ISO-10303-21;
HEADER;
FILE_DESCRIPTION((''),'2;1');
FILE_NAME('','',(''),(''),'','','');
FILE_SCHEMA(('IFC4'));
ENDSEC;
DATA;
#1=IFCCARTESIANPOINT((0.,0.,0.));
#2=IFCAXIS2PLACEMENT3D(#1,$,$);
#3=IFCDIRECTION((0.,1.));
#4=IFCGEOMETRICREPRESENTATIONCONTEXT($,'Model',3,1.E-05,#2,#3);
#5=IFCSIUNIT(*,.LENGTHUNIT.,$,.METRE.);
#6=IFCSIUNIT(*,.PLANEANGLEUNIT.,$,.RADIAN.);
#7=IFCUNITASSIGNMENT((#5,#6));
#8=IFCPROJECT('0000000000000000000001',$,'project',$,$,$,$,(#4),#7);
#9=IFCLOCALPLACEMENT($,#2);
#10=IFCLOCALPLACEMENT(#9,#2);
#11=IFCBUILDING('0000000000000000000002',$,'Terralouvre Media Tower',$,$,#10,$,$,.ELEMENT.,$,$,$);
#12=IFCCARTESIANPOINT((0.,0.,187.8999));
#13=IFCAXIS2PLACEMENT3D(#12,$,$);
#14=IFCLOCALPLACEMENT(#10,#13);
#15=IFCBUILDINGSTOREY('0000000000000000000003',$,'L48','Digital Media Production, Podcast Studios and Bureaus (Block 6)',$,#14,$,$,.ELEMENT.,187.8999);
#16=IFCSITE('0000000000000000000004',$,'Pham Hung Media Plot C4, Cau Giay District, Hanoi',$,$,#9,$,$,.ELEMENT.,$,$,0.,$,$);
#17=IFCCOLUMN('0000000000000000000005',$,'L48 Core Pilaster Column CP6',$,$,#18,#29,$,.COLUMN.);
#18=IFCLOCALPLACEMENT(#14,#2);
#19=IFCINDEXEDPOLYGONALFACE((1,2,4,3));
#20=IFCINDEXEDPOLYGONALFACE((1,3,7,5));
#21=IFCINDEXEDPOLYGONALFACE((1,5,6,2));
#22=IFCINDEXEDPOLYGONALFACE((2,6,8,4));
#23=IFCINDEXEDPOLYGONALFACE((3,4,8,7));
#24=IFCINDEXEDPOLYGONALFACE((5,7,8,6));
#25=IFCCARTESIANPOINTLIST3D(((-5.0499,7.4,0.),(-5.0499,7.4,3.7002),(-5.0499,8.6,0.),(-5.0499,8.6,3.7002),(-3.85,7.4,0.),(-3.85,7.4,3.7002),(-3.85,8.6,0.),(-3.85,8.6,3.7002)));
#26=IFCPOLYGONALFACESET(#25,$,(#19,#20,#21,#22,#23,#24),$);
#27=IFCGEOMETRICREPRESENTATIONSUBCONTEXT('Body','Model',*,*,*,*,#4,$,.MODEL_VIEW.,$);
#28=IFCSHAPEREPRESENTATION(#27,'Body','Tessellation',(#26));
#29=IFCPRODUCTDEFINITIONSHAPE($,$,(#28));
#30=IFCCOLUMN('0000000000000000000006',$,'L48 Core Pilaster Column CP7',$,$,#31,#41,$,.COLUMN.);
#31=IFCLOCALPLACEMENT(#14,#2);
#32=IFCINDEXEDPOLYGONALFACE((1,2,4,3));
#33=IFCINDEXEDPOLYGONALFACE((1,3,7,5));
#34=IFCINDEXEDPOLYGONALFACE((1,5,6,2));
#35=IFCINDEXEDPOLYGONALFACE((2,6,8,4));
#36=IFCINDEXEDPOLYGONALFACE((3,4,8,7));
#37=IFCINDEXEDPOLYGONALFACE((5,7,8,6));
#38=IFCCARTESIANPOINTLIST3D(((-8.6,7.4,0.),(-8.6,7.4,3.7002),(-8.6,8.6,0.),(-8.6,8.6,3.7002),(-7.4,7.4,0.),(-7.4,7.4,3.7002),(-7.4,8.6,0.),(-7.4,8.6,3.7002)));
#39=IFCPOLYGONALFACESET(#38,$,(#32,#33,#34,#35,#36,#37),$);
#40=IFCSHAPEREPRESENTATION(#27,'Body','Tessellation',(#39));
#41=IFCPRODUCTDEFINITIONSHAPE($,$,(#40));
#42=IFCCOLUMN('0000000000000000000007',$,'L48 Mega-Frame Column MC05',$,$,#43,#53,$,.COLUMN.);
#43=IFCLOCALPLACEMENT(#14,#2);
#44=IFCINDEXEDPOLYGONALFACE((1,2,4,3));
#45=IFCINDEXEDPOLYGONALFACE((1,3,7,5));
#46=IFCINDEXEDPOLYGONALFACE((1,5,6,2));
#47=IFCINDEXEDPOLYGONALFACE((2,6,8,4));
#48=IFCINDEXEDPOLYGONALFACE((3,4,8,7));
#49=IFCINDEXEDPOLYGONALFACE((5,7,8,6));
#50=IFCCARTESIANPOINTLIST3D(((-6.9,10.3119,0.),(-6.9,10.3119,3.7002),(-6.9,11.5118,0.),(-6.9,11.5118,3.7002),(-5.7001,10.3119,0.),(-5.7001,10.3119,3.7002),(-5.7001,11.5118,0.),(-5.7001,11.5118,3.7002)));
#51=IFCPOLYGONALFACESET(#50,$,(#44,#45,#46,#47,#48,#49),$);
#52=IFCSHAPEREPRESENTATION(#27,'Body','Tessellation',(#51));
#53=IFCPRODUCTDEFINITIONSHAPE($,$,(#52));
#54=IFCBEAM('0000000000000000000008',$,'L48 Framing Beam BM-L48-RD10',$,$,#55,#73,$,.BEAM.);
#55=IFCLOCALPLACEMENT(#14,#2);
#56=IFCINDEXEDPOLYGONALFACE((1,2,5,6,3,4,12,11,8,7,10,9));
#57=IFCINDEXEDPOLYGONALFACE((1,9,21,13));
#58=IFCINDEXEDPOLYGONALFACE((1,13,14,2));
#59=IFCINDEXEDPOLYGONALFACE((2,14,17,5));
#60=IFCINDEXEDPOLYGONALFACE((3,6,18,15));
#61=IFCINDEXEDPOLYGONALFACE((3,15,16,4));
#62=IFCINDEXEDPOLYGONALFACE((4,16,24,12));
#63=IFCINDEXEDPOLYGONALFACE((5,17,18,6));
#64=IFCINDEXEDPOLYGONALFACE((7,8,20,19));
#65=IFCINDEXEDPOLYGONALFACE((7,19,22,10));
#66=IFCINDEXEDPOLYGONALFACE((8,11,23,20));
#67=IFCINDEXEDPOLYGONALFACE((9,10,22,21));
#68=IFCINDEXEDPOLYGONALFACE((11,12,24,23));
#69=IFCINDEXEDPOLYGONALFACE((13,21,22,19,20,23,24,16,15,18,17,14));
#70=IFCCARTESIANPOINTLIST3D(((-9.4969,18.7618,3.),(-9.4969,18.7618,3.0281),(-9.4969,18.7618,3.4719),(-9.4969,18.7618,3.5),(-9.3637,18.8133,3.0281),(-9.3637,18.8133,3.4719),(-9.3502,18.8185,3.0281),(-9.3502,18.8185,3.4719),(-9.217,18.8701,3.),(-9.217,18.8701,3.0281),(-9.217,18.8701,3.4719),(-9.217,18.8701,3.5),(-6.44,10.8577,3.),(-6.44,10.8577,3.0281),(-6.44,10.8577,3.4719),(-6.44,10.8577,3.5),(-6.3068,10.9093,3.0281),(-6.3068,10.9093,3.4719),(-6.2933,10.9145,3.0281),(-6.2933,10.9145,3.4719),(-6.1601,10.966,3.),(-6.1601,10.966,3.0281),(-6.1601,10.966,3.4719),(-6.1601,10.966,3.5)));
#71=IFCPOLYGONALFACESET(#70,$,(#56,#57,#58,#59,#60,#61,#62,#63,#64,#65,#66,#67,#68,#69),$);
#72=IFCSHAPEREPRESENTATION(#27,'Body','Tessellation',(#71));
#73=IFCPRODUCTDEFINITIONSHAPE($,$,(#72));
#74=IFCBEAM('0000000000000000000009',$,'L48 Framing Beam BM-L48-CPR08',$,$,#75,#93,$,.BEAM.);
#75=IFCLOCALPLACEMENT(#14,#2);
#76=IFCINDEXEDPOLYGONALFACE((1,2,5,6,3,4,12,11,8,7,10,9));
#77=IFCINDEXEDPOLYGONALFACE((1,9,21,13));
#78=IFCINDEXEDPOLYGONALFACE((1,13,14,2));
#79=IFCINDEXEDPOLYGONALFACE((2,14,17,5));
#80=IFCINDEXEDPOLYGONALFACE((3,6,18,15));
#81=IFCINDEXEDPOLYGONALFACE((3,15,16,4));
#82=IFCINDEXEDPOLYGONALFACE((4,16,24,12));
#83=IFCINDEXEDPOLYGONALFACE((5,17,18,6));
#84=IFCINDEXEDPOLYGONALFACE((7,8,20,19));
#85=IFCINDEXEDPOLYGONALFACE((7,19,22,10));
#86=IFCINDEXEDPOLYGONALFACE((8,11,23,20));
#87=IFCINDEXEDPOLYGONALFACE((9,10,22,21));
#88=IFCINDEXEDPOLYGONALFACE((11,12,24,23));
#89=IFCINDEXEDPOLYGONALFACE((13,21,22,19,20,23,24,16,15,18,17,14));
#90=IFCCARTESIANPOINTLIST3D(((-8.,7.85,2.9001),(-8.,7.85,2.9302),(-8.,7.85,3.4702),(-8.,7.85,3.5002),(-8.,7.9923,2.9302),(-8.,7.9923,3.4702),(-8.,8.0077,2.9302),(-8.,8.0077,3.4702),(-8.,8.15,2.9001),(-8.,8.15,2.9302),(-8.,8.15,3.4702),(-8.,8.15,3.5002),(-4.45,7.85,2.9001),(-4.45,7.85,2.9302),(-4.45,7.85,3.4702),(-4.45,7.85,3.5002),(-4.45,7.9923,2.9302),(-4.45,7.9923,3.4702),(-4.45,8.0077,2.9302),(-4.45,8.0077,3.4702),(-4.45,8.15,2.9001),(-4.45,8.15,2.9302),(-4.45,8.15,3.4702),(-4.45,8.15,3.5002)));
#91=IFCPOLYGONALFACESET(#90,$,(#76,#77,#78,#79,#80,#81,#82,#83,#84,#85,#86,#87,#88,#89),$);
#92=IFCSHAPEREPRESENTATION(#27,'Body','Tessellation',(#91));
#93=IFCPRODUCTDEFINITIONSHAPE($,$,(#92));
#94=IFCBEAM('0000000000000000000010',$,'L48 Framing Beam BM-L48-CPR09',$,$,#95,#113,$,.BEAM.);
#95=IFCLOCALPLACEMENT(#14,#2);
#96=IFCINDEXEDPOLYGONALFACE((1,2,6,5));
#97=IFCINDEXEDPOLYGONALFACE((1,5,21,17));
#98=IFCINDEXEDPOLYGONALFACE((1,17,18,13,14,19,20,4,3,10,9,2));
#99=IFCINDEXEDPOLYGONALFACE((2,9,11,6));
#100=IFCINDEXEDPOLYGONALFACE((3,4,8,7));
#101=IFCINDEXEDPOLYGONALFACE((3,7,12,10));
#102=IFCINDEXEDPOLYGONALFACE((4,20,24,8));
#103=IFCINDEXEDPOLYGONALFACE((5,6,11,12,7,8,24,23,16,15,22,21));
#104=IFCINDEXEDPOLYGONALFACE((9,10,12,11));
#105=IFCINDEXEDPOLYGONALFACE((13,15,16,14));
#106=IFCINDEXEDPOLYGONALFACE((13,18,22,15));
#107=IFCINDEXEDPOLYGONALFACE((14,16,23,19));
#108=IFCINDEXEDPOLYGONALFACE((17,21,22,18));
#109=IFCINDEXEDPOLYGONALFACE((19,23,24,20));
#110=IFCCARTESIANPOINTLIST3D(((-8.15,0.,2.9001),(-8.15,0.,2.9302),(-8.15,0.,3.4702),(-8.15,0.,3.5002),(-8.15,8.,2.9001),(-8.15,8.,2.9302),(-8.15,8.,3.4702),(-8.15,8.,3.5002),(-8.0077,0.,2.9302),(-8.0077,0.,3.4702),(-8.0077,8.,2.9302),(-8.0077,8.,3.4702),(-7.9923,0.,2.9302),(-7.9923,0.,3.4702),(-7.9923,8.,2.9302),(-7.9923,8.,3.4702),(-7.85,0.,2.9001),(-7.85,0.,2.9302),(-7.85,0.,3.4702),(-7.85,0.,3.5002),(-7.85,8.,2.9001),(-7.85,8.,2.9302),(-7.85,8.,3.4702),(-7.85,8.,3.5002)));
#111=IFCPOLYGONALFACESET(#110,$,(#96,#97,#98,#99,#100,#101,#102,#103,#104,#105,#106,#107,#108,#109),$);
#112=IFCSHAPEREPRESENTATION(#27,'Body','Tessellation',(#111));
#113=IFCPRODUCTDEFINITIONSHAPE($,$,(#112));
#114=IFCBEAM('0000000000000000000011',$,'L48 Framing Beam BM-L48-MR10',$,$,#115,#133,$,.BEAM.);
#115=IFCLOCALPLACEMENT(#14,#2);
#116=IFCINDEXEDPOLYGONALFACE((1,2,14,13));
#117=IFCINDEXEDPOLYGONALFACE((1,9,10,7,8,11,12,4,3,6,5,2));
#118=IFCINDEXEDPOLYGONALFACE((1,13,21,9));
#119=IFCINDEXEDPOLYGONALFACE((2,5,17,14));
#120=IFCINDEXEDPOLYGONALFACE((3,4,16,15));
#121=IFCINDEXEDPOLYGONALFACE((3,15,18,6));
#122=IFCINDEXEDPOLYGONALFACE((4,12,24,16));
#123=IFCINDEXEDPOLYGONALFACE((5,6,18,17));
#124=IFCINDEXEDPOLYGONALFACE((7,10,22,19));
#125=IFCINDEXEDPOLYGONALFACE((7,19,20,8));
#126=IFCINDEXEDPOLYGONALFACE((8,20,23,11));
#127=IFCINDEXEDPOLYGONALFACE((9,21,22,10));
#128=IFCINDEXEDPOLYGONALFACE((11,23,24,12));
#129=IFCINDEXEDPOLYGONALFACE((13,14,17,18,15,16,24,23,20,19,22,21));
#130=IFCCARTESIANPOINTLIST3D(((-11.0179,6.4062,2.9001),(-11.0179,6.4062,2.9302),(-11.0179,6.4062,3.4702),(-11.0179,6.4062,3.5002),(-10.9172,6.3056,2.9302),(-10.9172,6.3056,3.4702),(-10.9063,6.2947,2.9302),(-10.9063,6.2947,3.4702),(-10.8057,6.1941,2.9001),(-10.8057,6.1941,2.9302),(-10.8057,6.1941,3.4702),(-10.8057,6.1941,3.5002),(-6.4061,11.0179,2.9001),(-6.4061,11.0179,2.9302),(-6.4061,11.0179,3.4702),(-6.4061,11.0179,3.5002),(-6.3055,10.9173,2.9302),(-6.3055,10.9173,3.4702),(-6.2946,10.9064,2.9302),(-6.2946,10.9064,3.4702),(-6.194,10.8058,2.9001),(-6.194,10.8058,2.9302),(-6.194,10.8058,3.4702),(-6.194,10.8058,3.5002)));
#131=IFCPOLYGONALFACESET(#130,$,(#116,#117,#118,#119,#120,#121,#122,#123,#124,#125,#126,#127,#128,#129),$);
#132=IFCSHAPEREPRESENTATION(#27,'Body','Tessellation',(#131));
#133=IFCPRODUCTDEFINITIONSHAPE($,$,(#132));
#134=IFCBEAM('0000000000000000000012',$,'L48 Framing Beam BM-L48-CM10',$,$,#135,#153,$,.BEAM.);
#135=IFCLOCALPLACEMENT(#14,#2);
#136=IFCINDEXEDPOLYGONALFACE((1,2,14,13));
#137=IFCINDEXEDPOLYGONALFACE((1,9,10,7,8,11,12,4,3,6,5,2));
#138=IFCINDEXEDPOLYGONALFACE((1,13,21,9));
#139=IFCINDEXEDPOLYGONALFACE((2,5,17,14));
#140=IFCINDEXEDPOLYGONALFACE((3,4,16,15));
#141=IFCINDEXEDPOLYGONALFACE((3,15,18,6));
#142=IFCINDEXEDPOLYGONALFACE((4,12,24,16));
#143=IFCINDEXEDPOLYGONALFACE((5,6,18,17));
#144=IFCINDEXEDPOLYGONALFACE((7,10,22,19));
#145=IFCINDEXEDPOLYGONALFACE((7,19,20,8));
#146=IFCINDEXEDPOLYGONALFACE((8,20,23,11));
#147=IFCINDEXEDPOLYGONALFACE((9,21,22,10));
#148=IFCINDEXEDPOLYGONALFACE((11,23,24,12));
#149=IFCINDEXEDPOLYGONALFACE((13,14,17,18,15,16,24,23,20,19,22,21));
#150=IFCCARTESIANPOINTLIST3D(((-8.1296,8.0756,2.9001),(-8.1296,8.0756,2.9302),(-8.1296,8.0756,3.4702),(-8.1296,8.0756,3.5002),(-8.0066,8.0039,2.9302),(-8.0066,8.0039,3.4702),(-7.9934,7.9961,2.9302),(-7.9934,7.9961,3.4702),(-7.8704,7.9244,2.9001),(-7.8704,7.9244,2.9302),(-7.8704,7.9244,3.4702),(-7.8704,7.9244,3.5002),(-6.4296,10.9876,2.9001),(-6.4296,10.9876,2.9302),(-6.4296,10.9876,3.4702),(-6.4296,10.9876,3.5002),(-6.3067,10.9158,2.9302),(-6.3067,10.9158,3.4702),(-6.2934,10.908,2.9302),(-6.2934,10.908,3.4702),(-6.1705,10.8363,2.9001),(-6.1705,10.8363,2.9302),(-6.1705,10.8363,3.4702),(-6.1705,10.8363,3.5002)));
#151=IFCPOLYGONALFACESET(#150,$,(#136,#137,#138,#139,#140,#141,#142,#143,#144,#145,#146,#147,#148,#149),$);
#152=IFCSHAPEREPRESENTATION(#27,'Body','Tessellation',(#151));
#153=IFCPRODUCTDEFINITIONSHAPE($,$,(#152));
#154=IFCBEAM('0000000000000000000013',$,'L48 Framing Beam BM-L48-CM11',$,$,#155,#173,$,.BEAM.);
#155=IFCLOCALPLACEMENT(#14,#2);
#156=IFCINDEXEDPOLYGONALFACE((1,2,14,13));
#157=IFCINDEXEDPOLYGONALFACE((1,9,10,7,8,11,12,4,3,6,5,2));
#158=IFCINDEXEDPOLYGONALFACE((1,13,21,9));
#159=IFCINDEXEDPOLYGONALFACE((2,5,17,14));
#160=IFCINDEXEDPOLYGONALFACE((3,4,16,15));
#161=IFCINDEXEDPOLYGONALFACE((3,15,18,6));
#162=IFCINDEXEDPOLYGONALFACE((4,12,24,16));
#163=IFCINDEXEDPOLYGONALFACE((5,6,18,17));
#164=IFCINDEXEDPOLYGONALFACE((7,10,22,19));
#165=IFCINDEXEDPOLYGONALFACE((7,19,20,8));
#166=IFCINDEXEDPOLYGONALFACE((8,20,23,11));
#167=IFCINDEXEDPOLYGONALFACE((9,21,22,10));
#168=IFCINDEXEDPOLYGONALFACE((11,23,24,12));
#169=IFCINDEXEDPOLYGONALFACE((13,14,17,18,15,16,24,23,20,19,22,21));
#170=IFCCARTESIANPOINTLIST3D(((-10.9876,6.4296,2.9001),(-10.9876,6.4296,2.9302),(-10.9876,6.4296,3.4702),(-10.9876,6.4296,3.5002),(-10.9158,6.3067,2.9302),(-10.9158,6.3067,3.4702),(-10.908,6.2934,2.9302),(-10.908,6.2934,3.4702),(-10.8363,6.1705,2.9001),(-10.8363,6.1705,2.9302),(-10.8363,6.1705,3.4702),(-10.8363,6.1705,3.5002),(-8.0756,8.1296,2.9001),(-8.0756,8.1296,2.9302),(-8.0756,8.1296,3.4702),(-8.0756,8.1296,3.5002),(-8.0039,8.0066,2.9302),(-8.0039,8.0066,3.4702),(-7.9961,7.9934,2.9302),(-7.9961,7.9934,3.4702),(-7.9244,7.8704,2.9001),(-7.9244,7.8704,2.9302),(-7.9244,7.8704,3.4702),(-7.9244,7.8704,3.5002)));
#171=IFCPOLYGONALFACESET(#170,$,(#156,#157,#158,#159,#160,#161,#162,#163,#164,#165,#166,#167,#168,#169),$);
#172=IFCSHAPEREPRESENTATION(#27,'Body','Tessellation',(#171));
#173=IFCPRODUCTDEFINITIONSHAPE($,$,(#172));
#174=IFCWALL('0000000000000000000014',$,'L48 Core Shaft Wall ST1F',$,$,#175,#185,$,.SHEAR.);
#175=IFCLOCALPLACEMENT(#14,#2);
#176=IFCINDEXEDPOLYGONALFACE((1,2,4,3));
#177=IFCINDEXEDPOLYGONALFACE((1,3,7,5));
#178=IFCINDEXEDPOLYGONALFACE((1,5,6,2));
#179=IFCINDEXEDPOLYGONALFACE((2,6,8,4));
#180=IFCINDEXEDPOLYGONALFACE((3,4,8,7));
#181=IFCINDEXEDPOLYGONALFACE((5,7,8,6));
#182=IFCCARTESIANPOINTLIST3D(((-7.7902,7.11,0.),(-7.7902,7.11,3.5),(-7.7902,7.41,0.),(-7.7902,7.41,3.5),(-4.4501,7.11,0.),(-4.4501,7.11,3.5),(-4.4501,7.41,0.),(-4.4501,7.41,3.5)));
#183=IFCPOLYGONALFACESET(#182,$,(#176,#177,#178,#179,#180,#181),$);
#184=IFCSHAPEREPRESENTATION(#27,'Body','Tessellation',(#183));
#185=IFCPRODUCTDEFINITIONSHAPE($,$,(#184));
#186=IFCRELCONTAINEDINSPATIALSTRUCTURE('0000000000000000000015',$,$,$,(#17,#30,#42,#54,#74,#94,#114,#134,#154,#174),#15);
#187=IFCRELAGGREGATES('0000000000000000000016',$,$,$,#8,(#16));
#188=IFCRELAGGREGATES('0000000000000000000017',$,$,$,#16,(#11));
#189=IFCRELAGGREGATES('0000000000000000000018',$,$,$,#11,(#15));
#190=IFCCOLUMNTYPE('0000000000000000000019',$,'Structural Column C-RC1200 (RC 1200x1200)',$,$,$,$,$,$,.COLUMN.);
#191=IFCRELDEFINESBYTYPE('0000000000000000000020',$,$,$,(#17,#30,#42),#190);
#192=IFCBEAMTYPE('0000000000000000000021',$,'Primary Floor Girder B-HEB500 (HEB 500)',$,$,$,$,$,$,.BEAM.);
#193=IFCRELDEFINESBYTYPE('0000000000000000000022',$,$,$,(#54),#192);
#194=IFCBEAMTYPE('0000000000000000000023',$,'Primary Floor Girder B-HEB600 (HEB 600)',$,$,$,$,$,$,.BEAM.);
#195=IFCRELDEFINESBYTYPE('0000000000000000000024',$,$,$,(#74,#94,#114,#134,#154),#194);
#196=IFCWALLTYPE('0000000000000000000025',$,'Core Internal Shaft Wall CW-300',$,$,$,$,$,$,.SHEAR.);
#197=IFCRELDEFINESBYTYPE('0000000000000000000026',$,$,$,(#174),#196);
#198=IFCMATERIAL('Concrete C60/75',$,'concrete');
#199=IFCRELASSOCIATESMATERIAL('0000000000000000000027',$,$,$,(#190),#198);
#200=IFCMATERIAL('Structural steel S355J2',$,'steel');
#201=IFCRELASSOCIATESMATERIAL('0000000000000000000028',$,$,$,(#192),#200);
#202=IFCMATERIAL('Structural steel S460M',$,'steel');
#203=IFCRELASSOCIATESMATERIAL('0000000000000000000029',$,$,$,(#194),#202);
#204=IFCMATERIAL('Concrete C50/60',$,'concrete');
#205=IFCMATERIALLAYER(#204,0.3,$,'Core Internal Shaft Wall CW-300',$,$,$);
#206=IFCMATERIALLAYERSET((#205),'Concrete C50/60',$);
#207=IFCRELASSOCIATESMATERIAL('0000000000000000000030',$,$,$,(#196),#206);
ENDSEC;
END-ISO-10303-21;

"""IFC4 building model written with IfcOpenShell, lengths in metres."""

from ifc_helpers import new_model, si_unit, direction, frame, frame_2d, origin, origin_2d, place, context, subcontext, project, spatial, rectangle, i_section, extrude, material, layer, layer_set, material_profile, profile_set, type_object, element, save


model = new_model("IFC4")

# Units and contexts
model_context = context("Model", 3, precision=1e-05, world=origin(), true_north=direction((0.0, 1.0)))
body_context = subcontext(model_context, "Body", "Model", "MODEL_VIEW")
ifc_project = project(units=[si_unit("LENGTHUNIT", "METRE"), si_unit("PLANEANGLEUNIT", "RADIAN")], contexts=[model_context])

# Site, building, storey
site_placement = place(None, origin())
site = spatial("IfcSite", under=ifc_project, at=site_placement, Name="Pham Hung Media Plot C4, Cau Giay District, Hanoi", CompositionType="ELEMENT", RefElevation=0.0)
building_placement = place(site_placement, origin())
building = spatial("IfcBuilding", under=site, at=building_placement, Name="Terralouvre Media Tower", CompositionType="ELEMENT")
storey_placement = place(building_placement, frame((0.0, 0.0, 187.8999)))
storey = spatial("IfcBuildingStorey", under=building, at=storey_placement, Name="L48", Description="Digital Media Production, Podcast Studios and Bureaus (Block 6)", CompositionType="ELEMENT", Elevation=187.8999)

# Columns
ifc_material_1 = material(Name="Concrete C60/75", Category="concrete")
ifc_material_profile_1 = material_profile(ifc_material_1, rectangle(XDim=1.2, YDim=1.2, at=origin_2d()), Name="RC 1200x1200")
ifc_profile_set_1 = profile_set([ifc_material_profile_1], Name="Concrete C60/75")
column_type = type_object("IfcColumnType", Name="Structural Column C-RC1200 (RC 1200x1200)", PredefinedType="COLUMN", material=ifc_profile_set_1)
for number, where, z_axis, x_axis, name in (
    (1, (-4.45, 8.0, 0.0), (0.0, 0.0, 1.0), (1.0, 0.0, 0.0), "L48 Core Pilaster Column CP6"),
    (2, (-8.0, 8.0, 0.0), (0.0, 0.0, 1.0), (1.0, 0.0, 0.0), "L48 Core Pilaster Column CP7"),
    (3, (-6.3, 10.9119, 0.0), (0.0, 0.0, 1.0), (1.0, 0.0, 0.0), "L48 Mega-Frame Column MC05"),
):
    element("IfcColumn", number, at=place(storey_placement, frame(where, z_axis=z_axis, x_axis=x_axis)), inside=storey, type_object=column_type, Name=name, PredefinedType="COLUMN", context=body_context, shape_type="SweptSolid", body=[
        extrude(rectangle(XDim=1.2, YDim=1.2, at=origin_2d()), origin(), (0.0, 0.0, 1.0), 3.7002),
    ])

# Beams
ifc_material_2 = material(Name="Structural steel S355J2", Category="steel")
ifc_material_profile_2 = material_profile(ifc_material_2, i_section(OverallWidth=0.3, OverallDepth=0.5, WebThickness=0.0144, FlangeThickness=0.0281, at=origin_2d()), Name="HEB 500")
ifc_profile_set_2 = profile_set([ifc_material_profile_2], Name="Structural steel S355J2")
beam_type_1 = type_object("IfcBeamType", Name="Primary Floor Girder B-HEB500 (HEB 500)", PredefinedType="BEAM", material=ifc_profile_set_2)
beam_1_placement = place(storey_placement, frame((-6.3, 10.9119, 3.25), z_axis=(-0.360712, 0.932677, 0.0), x_axis=(-0.932677, -0.360712, 0.0)))
element("IfcBeam", 4, at=beam_1_placement, inside=storey, type_object=beam_type_1, Name="L48 Framing Beam BM-L48-RD10", PredefinedType="BEAM", context=body_context, shape_type="SweptSolid", body=[
    extrude(i_section(OverallWidth=0.3, OverallDepth=0.5, WebThickness=0.0144, FlangeThickness=0.0281, at=origin_2d()), origin(), (0.0, 0.0, 1.0), 8.4746),
])
ifc_material_3 = material(Name="Structural steel S460M", Category="steel")
ifc_material_profile_3 = material_profile(ifc_material_3, i_section(OverallWidth=0.3, OverallDepth=0.6001, WebThickness=0.0154, FlangeThickness=0.03, at=origin_2d()), Name="HEB 600")
ifc_profile_set_3 = profile_set([ifc_material_profile_3], Name="Structural steel S460M")
beam_type_2 = type_object("IfcBeamType", Name="Primary Floor Girder B-HEB600 (HEB 600)", PredefinedType="BEAM", material=ifc_profile_set_3)
beam_2_placement = place(storey_placement, frame((-4.45, 8.0, 3.2002), z_axis=(-1.0, 0.0, 0.0), x_axis=(0.0, -1.0, 0.0)))
element("IfcBeam", 5, at=beam_2_placement, inside=storey, type_object=beam_type_2, Name="L48 Framing Beam BM-L48-CPR08", PredefinedType="BEAM", context=body_context, shape_type="SweptSolid", body=[
    extrude(i_section(OverallWidth=0.3, OverallDepth=0.6001, WebThickness=0.0154, FlangeThickness=0.03, at=origin_2d()), origin(), (0.0, 0.0, 1.0), 3.55),
])
beam_3_placement = place(storey_placement, frame((-8.0, 8.0, 3.2002), z_axis=(0.0, -1.0, 0.0), x_axis=(1.0, 0.0, 0.0)))
element("IfcBeam", 6, at=beam_3_placement, inside=storey, type_object=beam_type_2, Name="L48 Framing Beam BM-L48-CPR09", PredefinedType="BEAM", context=body_context, shape_type="SweptSolid", body=[
    extrude(i_section(OverallWidth=0.3, OverallDepth=0.6001, WebThickness=0.0154, FlangeThickness=0.03, at=origin_2d()), origin(), (0.0, 0.0, 1.0), 8.0),
])
beam_4_placement = place(storey_placement, frame((-6.3, 10.9119, 3.2002), z_axis=(-0.707107, -0.707107, 0.0), x_axis=(0.707107, -0.707107, 0.0)))
element("IfcBeam", 7, at=beam_4_placement, inside=storey, type_object=beam_type_2, Name="L48 Framing Beam BM-L48-MR10", PredefinedType="BEAM", context=body_context, shape_type="SweptSolid", body=[
    extrude(i_section(OverallWidth=0.3, OverallDepth=0.6001, WebThickness=0.0154, FlangeThickness=0.03, at=origin_2d()), origin(), (0.0, 0.0, 1.0), 6.522),
])
for number, where, z_axis, x_axis, name in (
    (8, (-8.0, 8.0, 3.2002), (0.504173, 0.863603, 0.0), (-0.863603, 0.504173, 0.0), "L48 Framing Beam BM-L48-CM10"),
    (9, (-8.0, 8.0, 3.2002), (-0.863603, -0.504173, 0.0), (0.504173, -0.863603, 0.0), "L48 Framing Beam BM-L48-CM11"),
):
    element("IfcBeam", number, at=place(storey_placement, frame(where, z_axis=z_axis, x_axis=x_axis)), inside=storey, type_object=beam_type_2, Name=name, PredefinedType="BEAM", context=body_context, shape_type="SweptSolid", body=[
        extrude(i_section(OverallWidth=0.3, OverallDepth=0.6001, WebThickness=0.0154, FlangeThickness=0.03, at=origin_2d()), origin(), (0.0, 0.0, 1.0), 3.3718),
    ])

# Shared definitions
ifc_material_4 = material(Name="Concrete C50/60", Category="concrete")
ifc_layer_1 = layer(ifc_material_4, 0.3, Name="Core Internal Shaft Wall CW-300")
ifc_layer_set_1 = layer_set([ifc_layer_1], Name="Concrete C50/60")
wall_type_1 = type_object("IfcWallType", Name="Core Internal Shaft Wall CW-300", PredefinedType="SHEAR", material=ifc_layer_set_1)

# Wall
wall_1_placement = place(storey_placement, frame((-7.79, 7.26, 0.0), z_axis=(0.0, 0.0, 1.0), x_axis=(1.0, 0.0, 0.0)))
element("IfcWall", 10, at=wall_1_placement, inside=storey, type_object=wall_type_1, Name="L48 Core Shaft Wall ST1F", PredefinedType="SHEAR", context=body_context, shape_type="SweptSolid", body=[
    extrude(rectangle(XDim=3.3401, YDim=0.3, at=frame_2d((1.6699, 0.0))), origin(), (0.0, 0.0, 1.0), 3.5),
])

save(model, "model.ifc")
